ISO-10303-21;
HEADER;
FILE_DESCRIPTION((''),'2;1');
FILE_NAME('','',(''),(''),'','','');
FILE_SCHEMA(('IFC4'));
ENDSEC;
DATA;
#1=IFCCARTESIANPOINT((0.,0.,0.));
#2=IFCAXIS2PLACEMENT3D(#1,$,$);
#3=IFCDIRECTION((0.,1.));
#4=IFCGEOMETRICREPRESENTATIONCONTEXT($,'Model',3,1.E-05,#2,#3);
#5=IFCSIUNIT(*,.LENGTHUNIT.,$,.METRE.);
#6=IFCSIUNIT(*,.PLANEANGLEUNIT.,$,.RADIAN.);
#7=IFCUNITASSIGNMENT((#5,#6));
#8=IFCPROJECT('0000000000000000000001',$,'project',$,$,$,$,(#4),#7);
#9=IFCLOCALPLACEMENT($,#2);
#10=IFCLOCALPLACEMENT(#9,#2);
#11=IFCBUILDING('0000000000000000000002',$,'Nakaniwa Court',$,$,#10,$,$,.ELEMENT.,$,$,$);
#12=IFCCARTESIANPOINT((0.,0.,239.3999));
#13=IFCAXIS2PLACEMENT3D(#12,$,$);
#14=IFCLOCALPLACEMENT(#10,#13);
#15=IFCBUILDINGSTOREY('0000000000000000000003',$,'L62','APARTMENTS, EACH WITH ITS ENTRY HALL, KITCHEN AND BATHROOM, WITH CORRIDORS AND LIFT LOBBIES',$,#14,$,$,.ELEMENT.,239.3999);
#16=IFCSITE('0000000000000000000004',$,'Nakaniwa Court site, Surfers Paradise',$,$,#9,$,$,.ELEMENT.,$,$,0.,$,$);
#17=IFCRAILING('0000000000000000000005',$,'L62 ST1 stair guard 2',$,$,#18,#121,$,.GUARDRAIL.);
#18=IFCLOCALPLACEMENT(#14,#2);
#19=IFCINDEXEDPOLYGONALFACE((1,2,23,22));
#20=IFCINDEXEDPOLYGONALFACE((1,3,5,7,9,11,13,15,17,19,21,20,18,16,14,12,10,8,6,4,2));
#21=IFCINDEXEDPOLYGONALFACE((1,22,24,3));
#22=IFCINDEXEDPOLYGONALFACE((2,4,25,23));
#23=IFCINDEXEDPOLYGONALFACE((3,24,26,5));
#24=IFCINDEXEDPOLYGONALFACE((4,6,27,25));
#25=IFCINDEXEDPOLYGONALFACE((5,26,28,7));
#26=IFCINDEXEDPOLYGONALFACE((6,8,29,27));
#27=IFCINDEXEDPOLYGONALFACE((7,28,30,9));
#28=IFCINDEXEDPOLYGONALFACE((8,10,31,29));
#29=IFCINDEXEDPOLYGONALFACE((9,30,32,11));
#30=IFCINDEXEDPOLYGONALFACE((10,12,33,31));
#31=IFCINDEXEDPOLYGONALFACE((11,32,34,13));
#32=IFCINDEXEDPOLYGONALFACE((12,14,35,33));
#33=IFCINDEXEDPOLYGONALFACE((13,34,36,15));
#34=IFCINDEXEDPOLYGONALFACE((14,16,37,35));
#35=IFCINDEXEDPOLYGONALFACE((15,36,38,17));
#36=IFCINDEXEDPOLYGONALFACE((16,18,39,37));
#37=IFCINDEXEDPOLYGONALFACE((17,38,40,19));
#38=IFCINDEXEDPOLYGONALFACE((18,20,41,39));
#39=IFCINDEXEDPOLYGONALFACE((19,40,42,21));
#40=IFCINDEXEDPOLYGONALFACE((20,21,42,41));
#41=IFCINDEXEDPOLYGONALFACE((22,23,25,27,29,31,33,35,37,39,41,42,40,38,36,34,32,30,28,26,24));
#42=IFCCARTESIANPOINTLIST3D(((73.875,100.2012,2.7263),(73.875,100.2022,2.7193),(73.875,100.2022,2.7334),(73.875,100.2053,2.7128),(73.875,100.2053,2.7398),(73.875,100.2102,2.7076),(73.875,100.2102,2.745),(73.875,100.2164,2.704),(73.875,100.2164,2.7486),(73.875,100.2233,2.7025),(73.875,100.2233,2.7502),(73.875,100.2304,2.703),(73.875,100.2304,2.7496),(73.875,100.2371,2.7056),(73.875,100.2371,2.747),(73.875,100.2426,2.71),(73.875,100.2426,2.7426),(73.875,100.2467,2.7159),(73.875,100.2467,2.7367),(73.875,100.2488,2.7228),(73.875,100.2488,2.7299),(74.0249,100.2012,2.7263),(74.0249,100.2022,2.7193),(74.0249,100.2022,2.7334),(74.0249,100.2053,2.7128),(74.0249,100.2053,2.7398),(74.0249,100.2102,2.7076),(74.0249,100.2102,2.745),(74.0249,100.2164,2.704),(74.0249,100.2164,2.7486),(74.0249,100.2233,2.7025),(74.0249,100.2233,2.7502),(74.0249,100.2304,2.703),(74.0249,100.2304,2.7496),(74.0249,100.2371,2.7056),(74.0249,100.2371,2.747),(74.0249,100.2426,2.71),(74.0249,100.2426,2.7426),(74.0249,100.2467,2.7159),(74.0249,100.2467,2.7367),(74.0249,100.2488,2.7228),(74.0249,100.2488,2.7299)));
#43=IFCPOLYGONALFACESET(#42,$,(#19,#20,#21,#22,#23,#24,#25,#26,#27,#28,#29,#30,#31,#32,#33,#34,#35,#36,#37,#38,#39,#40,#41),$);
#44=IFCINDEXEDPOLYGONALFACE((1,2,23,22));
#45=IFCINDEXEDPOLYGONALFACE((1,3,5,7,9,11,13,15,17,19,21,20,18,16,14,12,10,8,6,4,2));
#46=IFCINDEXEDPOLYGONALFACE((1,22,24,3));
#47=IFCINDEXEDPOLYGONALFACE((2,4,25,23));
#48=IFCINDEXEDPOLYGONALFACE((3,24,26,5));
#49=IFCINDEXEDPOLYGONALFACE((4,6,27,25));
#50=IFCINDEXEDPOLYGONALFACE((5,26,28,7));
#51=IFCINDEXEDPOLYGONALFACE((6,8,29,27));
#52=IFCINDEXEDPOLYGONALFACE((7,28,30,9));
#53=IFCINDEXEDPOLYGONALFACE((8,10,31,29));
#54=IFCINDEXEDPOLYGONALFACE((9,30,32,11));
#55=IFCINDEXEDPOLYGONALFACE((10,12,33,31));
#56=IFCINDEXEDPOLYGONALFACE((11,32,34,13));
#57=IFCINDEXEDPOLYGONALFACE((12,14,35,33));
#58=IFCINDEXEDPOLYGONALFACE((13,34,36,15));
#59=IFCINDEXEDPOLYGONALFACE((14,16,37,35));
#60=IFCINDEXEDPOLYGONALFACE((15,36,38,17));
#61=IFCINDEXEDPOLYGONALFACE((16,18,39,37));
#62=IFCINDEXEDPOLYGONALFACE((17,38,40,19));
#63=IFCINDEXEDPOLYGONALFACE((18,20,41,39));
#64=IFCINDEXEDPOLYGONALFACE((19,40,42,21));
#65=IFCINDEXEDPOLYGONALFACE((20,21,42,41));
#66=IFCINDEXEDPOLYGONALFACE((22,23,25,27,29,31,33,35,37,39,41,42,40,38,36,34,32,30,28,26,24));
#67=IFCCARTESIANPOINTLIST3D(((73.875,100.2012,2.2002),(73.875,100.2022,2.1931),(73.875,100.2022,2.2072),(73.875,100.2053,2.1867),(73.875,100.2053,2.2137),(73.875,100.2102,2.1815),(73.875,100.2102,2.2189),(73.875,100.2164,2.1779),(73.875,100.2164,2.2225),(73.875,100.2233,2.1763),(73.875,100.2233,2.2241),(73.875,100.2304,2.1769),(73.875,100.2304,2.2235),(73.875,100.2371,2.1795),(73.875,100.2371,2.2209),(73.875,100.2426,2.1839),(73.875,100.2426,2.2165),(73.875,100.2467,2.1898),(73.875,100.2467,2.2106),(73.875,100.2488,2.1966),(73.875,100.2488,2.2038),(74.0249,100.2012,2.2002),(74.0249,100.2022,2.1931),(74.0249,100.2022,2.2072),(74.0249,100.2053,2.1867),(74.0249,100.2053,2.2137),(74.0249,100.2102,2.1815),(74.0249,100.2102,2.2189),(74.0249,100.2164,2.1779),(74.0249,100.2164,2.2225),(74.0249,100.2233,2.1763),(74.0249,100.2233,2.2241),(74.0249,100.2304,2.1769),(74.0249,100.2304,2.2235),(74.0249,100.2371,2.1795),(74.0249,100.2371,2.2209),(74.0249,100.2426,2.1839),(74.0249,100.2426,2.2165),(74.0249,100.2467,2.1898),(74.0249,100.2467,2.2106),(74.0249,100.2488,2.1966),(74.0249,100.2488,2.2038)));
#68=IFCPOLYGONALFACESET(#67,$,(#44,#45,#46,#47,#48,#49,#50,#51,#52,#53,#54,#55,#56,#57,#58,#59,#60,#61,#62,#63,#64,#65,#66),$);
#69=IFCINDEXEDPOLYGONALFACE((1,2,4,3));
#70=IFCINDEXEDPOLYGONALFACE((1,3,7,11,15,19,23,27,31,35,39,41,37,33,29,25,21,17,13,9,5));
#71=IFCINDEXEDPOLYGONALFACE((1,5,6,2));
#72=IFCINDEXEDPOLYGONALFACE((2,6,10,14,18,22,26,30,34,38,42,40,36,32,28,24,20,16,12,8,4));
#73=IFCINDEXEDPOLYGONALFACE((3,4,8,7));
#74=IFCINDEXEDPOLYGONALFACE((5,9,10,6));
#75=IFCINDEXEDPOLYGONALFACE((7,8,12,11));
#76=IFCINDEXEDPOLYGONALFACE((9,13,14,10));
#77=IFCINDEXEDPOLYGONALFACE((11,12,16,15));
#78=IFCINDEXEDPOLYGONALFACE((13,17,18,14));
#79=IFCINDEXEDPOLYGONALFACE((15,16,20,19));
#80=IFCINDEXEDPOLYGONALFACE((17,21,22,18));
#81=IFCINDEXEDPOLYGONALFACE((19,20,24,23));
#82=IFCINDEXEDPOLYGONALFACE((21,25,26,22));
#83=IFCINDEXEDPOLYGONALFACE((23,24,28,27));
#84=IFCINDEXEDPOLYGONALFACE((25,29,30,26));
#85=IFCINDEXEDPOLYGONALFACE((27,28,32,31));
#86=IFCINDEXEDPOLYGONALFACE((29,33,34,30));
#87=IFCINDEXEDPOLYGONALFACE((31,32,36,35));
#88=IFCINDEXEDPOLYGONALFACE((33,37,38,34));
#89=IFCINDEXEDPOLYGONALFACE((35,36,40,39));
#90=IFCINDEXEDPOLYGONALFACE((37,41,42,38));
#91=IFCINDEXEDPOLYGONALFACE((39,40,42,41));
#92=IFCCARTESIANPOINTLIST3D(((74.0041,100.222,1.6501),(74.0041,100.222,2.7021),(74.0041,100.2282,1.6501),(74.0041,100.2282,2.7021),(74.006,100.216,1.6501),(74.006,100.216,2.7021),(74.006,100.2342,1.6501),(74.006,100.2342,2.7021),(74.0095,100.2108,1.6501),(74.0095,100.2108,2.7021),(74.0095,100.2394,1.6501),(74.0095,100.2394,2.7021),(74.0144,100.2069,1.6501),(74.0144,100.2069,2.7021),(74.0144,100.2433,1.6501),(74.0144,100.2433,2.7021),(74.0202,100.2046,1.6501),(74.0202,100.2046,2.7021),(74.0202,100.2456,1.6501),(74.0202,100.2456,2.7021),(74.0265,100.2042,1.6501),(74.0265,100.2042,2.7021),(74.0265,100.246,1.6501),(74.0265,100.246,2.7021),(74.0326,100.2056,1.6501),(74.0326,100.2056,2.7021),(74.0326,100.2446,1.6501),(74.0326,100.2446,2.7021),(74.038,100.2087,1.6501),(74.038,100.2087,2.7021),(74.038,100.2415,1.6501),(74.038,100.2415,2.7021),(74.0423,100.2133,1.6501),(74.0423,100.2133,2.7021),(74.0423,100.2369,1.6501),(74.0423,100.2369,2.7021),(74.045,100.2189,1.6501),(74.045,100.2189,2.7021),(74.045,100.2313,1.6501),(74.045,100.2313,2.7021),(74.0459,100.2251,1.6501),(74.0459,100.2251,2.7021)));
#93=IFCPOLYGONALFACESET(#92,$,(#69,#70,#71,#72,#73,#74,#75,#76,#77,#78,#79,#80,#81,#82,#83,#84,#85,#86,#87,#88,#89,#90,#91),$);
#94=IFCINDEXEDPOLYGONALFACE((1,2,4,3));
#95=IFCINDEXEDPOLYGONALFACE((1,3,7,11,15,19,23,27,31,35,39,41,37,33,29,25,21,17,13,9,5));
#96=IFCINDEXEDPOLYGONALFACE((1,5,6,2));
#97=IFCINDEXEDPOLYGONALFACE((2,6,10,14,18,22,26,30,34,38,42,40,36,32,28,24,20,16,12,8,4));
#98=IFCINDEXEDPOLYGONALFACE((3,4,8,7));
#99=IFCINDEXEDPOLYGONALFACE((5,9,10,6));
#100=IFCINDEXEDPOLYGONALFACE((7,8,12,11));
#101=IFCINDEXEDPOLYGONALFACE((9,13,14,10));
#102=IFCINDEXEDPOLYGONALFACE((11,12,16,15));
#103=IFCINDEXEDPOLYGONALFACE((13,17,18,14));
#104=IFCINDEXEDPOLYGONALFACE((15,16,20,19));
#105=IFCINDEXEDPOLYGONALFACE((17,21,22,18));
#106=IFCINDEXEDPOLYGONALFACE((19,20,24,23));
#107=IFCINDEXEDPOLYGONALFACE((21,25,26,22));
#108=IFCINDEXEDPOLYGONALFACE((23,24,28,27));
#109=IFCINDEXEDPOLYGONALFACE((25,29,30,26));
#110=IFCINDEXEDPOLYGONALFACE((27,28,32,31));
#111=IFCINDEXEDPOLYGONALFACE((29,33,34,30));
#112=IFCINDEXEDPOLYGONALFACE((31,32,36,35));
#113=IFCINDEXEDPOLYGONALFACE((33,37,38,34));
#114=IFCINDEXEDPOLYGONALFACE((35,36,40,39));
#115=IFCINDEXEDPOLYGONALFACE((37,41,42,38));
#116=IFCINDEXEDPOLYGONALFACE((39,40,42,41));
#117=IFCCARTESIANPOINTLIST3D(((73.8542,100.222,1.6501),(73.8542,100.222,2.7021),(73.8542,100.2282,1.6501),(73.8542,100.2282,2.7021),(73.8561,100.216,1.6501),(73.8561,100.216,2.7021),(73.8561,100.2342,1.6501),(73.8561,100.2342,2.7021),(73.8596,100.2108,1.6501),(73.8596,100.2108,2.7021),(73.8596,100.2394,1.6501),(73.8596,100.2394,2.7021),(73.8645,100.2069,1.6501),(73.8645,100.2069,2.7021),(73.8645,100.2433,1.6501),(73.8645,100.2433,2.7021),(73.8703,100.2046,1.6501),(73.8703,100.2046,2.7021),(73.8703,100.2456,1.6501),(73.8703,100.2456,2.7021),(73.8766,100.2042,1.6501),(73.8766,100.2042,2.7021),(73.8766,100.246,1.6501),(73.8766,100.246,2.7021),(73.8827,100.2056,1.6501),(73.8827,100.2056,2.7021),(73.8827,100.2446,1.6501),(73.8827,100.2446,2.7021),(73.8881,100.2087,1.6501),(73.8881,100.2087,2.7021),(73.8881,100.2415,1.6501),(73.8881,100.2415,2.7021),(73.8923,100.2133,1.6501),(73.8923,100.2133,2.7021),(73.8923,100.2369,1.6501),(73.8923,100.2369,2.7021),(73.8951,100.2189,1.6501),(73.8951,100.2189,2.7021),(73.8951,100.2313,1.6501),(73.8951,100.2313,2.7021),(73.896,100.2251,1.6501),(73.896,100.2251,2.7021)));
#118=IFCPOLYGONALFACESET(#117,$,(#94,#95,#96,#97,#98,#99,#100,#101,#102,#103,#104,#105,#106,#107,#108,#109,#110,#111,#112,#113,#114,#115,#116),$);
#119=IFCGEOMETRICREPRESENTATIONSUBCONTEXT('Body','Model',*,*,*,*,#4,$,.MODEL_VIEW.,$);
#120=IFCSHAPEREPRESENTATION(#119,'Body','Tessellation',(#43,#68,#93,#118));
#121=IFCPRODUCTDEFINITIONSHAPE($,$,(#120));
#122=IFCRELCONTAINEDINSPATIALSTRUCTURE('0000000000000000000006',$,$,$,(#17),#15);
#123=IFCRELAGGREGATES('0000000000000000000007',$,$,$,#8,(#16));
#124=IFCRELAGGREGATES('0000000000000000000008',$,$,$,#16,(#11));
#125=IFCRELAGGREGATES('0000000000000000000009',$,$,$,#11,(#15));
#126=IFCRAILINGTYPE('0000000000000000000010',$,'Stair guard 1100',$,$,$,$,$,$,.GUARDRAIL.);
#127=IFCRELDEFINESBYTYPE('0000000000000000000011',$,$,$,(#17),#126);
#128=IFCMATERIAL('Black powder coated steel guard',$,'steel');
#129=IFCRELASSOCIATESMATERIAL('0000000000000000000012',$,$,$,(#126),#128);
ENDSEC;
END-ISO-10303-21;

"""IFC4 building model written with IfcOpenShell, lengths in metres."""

from ifc_helpers import new_model, si_unit, direction, frame, origin, origin_2d, place, context, subcontext, project, spatial, circle, extrude, material, type_object, element, save


model = new_model("IFC4")

# Units and contexts
model_context = context("Model", 3, precision=1e-05, world=origin(), true_north=direction((0.0, 1.0)))
body_context = subcontext(model_context, "Body", "Model", "MODEL_VIEW")
ifc_project = project(units=[si_unit("LENGTHUNIT", "METRE"), si_unit("PLANEANGLEUNIT", "RADIAN")], contexts=[model_context])

# Site, building, storey
site_placement = place(None, origin())
site = spatial("IfcSite", under=ifc_project, at=site_placement, Name="Nakaniwa Court site, Surfers Paradise", CompositionType="ELEMENT", RefElevation=0.0)
building_placement = place(site_placement, origin())
building = spatial("IfcBuilding", under=site, at=building_placement, Name="Nakaniwa Court", CompositionType="ELEMENT")
storey_placement = place(building_placement, frame((0.0, 0.0, 239.3999)))
storey = spatial("IfcBuildingStorey", under=building, at=storey_placement, Name="L62", Description="APARTMENTS, EACH WITH ITS ENTRY HALL, KITCHEN AND BATHROOM, WITH CORRIDORS AND LIFT LOBBIES", CompositionType="ELEMENT", Elevation=239.3999)

# Railing
ifc_material_1 = material(Name="Black powder coated steel guard", Category="steel")
railing_type_1 = type_object("IfcRailingType", Name="Stair guard 1100", PredefinedType="GUARDRAIL", material=ifc_material_1)
railing_1_placement = place(storey_placement, frame((74.0249, 100.2251, 1.6501)))
element("IfcRailing", 1, at=railing_1_placement, inside=storey, type_object=railing_type_1, Name="L62 ST1 stair guard 2", PredefinedType="GUARDRAIL", context=body_context, shape_type="SweptSolid", body=[
    extrude(circle(Radius=0.0239, at=origin_2d()), frame((0.0, 0.0, 1.0762), z_axis=(-1.0, 0.0, 0.0), x_axis=(0.0, -1.0, 0.0)), (0.0, 0.0, 1.0), 0.1499),
    extrude(circle(Radius=0.0239, at=origin_2d()), frame((0.0, 0.0, 0.55), z_axis=(-1.0, 0.0, 0.0), x_axis=(0.0, -1.0, 0.0)), (0.0, 0.0, 1.0), 0.1499),
    extrude(circle(Radius=0.021, at=origin_2d()), origin(), (0.0, 0.0, 1.0), 1.052),
    extrude(circle(Radius=0.021, at=origin_2d()), frame((-0.1499, 0.0, 0.0)), (0.0, 0.0, 1.0), 1.052),
])

save(model, "model.ifc")
